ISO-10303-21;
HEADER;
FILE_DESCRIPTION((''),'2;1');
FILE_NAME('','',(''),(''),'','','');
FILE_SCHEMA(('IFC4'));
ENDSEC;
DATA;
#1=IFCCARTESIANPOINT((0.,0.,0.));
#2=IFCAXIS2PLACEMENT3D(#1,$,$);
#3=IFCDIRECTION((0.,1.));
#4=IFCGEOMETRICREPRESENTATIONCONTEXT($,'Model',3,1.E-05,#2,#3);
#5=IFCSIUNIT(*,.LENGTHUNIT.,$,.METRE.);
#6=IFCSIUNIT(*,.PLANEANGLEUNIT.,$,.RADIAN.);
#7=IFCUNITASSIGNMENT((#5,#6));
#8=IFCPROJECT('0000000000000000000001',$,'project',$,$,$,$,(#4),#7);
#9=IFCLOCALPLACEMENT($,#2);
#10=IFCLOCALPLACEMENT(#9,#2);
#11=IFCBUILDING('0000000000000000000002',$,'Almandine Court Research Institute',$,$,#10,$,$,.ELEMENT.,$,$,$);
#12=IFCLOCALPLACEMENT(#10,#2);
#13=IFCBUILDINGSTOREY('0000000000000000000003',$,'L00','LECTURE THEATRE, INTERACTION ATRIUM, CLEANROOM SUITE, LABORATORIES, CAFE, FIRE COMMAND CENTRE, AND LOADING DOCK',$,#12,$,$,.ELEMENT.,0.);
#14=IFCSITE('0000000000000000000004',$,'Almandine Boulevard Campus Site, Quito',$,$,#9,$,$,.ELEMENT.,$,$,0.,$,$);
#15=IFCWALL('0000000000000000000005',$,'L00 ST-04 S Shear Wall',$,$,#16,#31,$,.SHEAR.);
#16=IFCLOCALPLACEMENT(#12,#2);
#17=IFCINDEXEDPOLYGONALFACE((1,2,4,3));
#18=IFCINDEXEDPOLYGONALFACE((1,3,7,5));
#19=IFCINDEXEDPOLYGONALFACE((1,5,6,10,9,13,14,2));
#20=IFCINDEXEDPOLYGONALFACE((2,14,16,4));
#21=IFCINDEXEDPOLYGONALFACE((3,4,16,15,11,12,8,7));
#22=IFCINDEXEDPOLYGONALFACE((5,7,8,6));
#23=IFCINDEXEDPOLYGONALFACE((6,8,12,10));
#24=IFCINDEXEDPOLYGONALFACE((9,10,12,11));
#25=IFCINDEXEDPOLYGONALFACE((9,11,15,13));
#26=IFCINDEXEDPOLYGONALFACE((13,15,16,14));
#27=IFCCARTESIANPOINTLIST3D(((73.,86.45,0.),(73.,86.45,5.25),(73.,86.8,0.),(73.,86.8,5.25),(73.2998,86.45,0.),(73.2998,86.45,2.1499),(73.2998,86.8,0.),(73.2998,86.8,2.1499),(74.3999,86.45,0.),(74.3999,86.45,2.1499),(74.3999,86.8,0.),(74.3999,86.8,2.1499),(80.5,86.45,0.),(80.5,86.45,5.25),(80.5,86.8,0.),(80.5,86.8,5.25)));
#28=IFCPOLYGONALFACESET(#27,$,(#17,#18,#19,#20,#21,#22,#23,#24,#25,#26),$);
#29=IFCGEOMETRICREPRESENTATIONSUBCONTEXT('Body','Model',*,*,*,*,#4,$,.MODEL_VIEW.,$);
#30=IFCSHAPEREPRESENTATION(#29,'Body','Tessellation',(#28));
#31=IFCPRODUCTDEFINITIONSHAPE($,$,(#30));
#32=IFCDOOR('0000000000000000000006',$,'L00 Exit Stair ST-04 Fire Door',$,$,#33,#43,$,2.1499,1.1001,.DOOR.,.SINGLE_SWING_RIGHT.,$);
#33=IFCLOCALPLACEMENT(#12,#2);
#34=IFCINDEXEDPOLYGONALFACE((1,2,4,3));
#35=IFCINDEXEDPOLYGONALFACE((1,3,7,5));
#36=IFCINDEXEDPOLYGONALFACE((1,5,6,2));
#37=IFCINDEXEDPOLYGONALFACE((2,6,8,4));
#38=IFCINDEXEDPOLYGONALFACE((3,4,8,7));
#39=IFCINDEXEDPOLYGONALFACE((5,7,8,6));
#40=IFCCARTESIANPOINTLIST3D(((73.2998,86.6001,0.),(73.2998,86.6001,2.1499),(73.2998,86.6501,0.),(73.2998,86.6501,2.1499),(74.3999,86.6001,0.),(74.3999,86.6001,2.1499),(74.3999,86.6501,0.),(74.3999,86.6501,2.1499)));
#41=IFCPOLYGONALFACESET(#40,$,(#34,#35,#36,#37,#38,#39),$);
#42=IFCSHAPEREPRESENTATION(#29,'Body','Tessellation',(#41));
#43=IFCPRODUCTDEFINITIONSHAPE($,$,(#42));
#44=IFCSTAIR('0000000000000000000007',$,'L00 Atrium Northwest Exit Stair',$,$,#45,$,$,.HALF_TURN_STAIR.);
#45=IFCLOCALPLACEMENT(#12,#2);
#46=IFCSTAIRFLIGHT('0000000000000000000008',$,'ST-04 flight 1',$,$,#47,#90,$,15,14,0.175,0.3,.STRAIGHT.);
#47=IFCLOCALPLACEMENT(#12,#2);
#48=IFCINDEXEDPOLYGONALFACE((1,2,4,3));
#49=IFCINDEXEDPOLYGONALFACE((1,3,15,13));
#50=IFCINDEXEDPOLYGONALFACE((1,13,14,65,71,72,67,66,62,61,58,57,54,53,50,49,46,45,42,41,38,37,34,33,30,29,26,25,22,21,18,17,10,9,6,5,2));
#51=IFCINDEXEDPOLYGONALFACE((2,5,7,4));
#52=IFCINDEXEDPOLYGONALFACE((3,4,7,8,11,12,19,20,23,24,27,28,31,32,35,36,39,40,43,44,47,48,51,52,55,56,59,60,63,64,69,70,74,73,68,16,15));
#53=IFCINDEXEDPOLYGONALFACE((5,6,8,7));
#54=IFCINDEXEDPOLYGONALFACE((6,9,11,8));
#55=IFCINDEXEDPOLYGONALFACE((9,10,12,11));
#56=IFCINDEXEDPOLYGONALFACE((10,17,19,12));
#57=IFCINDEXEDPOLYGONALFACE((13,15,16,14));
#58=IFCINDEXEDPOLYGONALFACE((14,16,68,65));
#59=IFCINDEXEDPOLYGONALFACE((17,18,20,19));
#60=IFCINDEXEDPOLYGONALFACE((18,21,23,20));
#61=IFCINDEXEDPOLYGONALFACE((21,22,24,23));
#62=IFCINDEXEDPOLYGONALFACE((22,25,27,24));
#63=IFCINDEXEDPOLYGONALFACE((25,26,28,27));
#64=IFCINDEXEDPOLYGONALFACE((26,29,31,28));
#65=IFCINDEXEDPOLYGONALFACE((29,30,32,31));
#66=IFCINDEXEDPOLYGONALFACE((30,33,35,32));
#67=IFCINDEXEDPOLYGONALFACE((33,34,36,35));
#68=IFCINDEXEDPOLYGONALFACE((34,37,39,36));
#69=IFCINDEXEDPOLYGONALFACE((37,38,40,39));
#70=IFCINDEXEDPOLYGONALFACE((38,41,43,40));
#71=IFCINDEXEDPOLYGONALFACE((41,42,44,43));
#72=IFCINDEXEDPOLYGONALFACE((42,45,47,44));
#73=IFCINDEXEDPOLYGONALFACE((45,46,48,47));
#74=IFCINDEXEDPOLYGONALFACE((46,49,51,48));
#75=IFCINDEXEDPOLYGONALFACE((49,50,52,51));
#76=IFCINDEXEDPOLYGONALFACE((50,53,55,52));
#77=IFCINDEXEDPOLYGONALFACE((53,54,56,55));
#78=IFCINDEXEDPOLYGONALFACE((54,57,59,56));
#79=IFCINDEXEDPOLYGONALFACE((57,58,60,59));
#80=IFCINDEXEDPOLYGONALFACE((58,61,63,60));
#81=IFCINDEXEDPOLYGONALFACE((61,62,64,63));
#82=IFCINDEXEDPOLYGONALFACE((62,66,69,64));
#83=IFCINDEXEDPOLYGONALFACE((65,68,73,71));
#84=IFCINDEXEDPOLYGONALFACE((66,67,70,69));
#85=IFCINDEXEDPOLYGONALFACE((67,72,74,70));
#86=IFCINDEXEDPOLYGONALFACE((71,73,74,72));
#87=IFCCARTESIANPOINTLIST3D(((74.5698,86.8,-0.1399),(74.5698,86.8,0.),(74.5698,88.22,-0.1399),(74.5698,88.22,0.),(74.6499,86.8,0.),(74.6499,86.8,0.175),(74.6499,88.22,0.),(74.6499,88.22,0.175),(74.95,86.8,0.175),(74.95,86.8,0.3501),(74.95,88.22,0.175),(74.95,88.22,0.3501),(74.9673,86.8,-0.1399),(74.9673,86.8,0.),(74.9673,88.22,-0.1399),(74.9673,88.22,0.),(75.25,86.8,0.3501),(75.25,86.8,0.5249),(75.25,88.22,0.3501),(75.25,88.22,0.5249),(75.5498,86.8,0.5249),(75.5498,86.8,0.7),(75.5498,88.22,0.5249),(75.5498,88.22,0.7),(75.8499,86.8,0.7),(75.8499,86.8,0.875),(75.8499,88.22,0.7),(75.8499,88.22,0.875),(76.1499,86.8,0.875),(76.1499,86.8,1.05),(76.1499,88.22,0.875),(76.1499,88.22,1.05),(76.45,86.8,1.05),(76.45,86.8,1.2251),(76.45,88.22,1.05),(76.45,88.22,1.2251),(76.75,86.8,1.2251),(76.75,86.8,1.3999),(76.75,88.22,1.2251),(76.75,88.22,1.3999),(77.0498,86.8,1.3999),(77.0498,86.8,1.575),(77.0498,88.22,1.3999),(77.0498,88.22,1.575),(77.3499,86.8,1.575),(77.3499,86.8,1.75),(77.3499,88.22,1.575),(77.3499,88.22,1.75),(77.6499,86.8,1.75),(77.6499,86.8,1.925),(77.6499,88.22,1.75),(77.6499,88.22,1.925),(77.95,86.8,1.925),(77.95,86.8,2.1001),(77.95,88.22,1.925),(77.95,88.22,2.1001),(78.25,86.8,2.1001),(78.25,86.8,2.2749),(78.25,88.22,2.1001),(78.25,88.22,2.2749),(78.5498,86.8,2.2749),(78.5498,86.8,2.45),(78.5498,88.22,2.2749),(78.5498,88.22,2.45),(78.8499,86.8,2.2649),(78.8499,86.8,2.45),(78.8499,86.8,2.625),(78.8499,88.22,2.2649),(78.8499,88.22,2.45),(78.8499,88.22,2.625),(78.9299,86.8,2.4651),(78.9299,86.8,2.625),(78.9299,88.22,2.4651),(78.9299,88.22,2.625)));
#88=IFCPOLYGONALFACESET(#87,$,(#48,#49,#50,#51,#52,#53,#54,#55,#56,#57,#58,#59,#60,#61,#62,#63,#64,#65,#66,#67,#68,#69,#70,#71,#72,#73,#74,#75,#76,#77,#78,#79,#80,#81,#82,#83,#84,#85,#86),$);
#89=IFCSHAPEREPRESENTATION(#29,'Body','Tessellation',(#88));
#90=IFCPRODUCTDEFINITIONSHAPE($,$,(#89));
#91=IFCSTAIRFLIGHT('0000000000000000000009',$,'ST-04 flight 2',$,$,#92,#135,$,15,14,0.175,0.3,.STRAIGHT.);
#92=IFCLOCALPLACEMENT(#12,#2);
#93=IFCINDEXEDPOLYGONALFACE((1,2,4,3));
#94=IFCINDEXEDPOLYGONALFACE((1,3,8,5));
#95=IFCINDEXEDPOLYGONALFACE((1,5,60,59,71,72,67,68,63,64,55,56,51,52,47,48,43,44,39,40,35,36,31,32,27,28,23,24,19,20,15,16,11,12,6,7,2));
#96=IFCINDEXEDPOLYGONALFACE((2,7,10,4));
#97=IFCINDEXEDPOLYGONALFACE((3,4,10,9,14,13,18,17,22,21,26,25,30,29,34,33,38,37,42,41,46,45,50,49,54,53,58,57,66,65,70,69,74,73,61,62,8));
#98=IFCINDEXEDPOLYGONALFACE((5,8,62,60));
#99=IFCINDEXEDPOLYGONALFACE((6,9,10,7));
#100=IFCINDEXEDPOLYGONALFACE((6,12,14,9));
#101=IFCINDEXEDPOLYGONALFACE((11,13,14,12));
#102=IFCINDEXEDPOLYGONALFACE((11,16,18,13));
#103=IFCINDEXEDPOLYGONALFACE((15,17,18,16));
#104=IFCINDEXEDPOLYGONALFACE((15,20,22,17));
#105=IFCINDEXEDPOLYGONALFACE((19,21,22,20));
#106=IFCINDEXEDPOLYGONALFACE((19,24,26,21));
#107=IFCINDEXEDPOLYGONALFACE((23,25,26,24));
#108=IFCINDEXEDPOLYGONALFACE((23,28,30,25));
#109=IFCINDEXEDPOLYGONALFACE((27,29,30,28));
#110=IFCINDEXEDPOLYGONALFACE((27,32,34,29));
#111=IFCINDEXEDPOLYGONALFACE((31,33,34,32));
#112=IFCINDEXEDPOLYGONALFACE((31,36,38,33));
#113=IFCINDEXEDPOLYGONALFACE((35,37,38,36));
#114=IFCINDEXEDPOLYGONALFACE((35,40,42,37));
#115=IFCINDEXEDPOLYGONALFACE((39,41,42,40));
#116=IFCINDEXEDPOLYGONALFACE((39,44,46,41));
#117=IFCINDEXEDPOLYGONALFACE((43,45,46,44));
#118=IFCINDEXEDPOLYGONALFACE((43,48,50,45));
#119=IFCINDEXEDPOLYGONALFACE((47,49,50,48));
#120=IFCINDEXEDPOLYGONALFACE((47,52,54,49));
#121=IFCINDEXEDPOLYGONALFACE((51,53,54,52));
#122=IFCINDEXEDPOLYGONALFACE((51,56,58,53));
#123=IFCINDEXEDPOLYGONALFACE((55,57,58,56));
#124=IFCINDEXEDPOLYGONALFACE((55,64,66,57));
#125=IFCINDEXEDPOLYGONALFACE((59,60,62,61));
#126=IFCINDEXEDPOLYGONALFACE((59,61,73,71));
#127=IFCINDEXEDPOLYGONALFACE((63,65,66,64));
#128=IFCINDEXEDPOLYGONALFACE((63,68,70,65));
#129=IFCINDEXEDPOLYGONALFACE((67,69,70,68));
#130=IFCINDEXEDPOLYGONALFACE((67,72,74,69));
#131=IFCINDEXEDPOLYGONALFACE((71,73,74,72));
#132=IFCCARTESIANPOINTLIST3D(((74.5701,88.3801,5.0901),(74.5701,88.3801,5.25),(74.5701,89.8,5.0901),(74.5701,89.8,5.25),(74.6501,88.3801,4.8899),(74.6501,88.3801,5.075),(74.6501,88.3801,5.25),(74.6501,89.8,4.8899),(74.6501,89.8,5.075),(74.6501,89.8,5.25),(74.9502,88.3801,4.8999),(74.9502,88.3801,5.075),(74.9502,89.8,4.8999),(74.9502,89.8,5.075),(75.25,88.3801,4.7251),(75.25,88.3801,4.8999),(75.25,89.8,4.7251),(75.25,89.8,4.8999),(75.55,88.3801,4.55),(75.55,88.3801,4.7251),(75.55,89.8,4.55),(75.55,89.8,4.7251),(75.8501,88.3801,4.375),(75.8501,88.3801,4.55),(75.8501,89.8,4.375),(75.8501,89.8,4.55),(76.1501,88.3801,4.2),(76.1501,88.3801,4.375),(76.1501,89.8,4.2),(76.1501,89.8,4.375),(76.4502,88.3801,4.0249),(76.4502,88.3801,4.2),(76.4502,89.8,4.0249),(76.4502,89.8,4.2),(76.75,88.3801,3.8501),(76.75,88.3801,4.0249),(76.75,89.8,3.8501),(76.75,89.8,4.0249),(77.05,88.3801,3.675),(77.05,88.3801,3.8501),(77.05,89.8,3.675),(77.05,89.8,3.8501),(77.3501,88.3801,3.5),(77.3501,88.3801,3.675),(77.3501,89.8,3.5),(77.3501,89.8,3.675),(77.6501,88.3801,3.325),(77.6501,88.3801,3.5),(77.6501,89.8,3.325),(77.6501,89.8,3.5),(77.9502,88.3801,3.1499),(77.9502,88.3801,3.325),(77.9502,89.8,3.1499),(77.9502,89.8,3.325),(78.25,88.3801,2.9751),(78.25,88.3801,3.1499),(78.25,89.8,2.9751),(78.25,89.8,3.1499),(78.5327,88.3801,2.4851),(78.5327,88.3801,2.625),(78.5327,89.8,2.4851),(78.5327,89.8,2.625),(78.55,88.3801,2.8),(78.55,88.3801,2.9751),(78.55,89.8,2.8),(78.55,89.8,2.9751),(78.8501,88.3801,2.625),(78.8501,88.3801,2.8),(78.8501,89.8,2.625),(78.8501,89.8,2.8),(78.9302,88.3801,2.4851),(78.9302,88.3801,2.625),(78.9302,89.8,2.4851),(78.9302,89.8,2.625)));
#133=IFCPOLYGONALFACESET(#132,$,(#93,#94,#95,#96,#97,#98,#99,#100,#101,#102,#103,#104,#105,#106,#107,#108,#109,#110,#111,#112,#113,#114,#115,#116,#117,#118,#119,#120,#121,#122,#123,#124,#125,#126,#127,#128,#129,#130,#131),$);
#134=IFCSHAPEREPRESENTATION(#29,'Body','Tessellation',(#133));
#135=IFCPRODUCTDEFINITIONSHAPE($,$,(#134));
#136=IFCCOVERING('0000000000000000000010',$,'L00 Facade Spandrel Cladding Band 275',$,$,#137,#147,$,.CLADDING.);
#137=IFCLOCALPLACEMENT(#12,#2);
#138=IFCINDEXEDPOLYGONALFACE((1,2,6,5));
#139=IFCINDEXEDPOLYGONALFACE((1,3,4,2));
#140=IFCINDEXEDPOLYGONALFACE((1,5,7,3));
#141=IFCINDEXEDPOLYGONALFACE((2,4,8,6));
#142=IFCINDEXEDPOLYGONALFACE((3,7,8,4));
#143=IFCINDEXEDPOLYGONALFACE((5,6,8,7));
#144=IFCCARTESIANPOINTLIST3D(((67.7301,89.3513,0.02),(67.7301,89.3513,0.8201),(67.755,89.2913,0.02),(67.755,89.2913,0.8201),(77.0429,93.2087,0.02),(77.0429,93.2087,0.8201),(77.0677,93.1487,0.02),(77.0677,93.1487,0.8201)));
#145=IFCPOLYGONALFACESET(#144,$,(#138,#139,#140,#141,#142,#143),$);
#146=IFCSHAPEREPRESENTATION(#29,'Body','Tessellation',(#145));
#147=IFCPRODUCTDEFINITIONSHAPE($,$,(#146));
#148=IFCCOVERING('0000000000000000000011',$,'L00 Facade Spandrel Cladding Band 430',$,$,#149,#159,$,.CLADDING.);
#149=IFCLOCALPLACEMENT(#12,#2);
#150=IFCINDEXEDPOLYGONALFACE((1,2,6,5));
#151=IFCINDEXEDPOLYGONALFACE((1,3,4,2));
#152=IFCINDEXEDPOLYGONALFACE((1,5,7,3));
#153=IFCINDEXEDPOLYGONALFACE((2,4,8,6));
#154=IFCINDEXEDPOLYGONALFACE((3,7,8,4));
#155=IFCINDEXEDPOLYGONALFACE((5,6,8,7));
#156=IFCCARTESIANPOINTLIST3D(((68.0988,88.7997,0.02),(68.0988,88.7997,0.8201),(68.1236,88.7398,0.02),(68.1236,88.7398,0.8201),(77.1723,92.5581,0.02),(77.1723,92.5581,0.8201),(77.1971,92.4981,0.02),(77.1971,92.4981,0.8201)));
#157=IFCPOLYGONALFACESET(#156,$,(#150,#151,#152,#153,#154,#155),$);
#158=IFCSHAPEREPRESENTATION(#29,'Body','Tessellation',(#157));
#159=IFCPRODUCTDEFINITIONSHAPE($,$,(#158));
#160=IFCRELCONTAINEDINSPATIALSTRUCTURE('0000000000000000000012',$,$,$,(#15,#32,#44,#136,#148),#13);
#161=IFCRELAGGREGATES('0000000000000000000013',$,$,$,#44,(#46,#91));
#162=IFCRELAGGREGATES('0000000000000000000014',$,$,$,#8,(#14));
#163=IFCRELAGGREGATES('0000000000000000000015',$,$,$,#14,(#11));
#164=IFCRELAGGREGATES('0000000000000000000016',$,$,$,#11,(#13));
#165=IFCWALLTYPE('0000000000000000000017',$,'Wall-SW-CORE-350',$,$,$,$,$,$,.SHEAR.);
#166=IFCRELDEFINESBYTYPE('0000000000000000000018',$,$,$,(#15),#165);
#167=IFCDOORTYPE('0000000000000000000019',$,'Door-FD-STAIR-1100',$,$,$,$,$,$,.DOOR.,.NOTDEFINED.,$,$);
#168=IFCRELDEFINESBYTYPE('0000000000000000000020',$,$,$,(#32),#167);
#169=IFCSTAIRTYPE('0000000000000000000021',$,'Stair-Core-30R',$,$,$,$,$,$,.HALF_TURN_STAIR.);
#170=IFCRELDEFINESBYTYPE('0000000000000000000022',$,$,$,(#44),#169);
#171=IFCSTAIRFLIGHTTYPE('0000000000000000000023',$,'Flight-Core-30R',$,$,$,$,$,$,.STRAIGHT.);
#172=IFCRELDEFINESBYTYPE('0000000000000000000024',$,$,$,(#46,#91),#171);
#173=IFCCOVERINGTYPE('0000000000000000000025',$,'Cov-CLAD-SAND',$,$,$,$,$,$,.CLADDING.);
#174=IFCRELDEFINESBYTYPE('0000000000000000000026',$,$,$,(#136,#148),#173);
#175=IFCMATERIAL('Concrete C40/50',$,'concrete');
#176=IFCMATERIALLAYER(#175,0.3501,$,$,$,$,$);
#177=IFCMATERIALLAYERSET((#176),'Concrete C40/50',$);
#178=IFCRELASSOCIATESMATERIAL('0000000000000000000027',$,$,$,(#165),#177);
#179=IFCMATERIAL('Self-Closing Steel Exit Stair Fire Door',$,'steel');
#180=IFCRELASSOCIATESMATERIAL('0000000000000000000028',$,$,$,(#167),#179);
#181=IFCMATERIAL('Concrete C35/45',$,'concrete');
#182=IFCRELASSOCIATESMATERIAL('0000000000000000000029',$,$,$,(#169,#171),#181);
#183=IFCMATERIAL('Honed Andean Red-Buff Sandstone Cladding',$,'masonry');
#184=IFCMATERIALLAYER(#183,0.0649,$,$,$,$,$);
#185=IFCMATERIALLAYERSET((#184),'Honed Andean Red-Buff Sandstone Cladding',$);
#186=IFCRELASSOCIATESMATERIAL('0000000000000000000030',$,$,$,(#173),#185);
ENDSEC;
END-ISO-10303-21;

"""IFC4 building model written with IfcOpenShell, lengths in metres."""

from ifc_helpers import new_model, si_unit, direction, frame, frame_2d, origin, origin_2d, place, context, subcontext, project, spatial, polyline, rectangle, outline, extrude, material, layer, layer_set, type_object, element, fill, aggregate, save


model = new_model("IFC4")

# Units and contexts
model_context = context("Model", 3, precision=1e-05, world=origin(), true_north=direction((0.0, 1.0)))
body_context = subcontext(model_context, "Body", "Model", "MODEL_VIEW")
ifc_project = project(units=[si_unit("LENGTHUNIT", "METRE"), si_unit("PLANEANGLEUNIT", "RADIAN")], contexts=[model_context])

# Site, building, storey
site_placement = place(None, origin())
site = spatial("IfcSite", under=ifc_project, at=site_placement, Name="Almandine Boulevard Campus Site, Quito", CompositionType="ELEMENT", RefElevation=0.0)
building_placement = place(site_placement, origin())
building = spatial("IfcBuilding", under=site, at=building_placement, Name="Almandine Court Research Institute", CompositionType="ELEMENT")
storey_placement = place(building_placement, origin())
storey = spatial("IfcBuildingStorey", under=building, at=storey_placement, Name="L00", Description="LECTURE THEATRE, INTERACTION ATRIUM, CLEANROOM SUITE, LABORATORIES, CAFE, FIRE COMMAND CENTRE, AND LOADING DOCK", CompositionType="ELEMENT", Elevation=0.0)

# Shared definitions
ifc_material_1 = material(Name="Concrete C40/50", Category="concrete")
ifc_layer_1 = layer(ifc_material_1, 0.3501)
ifc_layer_set_1 = layer_set([ifc_layer_1], Name="Concrete C40/50")
wall_type_1 = type_object("IfcWallType", Name="Wall-SW-CORE-350", PredefinedType="SHEAR", material=ifc_layer_set_1)

# Wall, opening, door
wall_1_placement = place(storey_placement, frame((80.5, 86.625, 0.0), z_axis=(0.0, 0.0, 1.0), x_axis=(-1.0, 0.0, 0.0)))
wall_1 = element("IfcWall", 1, at=wall_1_placement, inside=storey, type_object=wall_type_1, Name="L00 ST-04 S Shear Wall", PredefinedType="SHEAR", context=body_context, shape_type="SweptSolid", body=[
    extrude(rectangle(XDim=7.5, YDim=0.3501, at=frame_2d((3.75, 0.0))), origin(), (0.0, 0.0, 1.0), 5.25),
])
opening_1_placement = place(wall_1_placement, frame((6.1001, 0.0, 0.0)))
opening_1 = element("IfcOpeningElement", 2, at=opening_1_placement, cuts=wall_1, PredefinedType="OPENING", context=body_context, shape_type="SweptSolid", body=[
    extrude(rectangle(XDim=1.1001, YDim=2.1499, at=frame_2d((0.55, 1.075))), frame((0.0, 0.1851, 0.0), z_axis=(0.0, -1.0, 0.0), x_axis=(1.0, 0.0, 0.0)), (0.0, 0.0, 1.0), 0.3701),
])
ifc_material_2 = material(Name="Self-Closing Steel Exit Stair Fire Door", Category="steel")
door_type_1 = type_object("IfcDoorType", Name="Door-FD-STAIR-1100", OperationType="NOTDEFINED", PredefinedType="DOOR", material=ifc_material_2)
door_1_placement = place(opening_1_placement, origin())
door_1 = element("IfcDoor", 3, at=door_1_placement, inside=storey, type_object=door_type_1, Name="L00 Exit Stair ST-04 Fire Door", OperationType="SINGLE_SWING_RIGHT", OverallHeight=2.1499, OverallWidth=1.1001, PredefinedType="DOOR", context=body_context, shape_type="SweptSolid", body=[
    extrude(rectangle(XDim=1.1001, YDim=2.1499, at=frame_2d((0.55, 1.075))), frame((0.0, 0.0249, 0.0), z_axis=(0.0, -1.0, 0.0), x_axis=(1.0, 0.0, 0.0)), (0.0, 0.0, 1.0), 0.05),
])
fill(opening_1, door_1)

# Stair, stair flights
ifc_material_3 = material(Name="Concrete C35/45", Category="concrete")
stair_type = type_object("IfcStairType", Name="Stair-Core-30R", PredefinedType="HALF_TURN_STAIR", material=ifc_material_3)
stair_placement = place(storey_placement, origin())
stair = element("IfcStair", 4, at=stair_placement, inside=storey, type_object=stair_type, Name="L00 Atrium Northwest Exit Stair", PredefinedType="HALF_TURN_STAIR")
stair_flight_type = type_object("IfcStairFlightType", Name="Flight-Core-30R", PredefinedType="STRAIGHT", material=ifc_material_3)
stair_flight_1_placement = place(storey_placement, frame((74.6499, 87.51, 0.0), z_axis=(0.0, 0.0, 1.0), x_axis=(1.0, 0.0, 0.0)))
stair_flight_1 = element("IfcStairFlight", 5, at=stair_flight_1_placement, type_object=stair_flight_type, Name="ST-04 flight 1", NumberOfRisers=15, NumberOfTreads=14, PredefinedType="STRAIGHT", RiserHeight=0.175, TreadLength=0.3, context=body_context, shape_type="SweptSolid", body=[
    extrude(outline(polyline([(-0.0801, -0.1399), (-0.0801, 0.0), (0.0, 0.0), (0.0, 0.175), (0.3, 0.175), (0.3, 0.3501), (0.6001, 0.3501), (0.6001, 0.5249), (0.8999, 0.5249), (0.8999, 0.7), (1.2, 0.7), (1.2, 0.875), (1.5, 0.875), (1.5, 1.05), (1.8, 1.05), (1.8, 1.2251), (2.1001, 1.2251), (2.1001, 1.3999), (2.3999, 1.3999), (2.3999, 1.575), (2.7, 1.575), (2.7, 1.75), (3.0, 1.75), (3.0, 1.925), (3.3, 1.925), (3.3, 2.1001), (3.6001, 2.1001), (3.6001, 2.2749), (3.8999, 2.2749), (3.8999, 2.45), (4.2, 2.45), (4.2, 2.625), (4.28, 2.625), (4.28, 2.4651), (4.2, 2.2649), (0.3174, 0.0), (0.3174, -0.1399), (-0.0801, -0.1399)])), frame((0.0, 0.71, 0.0), z_axis=(0.0, -1.0, 0.0), x_axis=(1.0, 0.0, 0.0)), (0.0, 0.0, 1.0), 1.4199),
])
stair_flight_2_placement = place(storey_placement, frame((78.8501, 89.0901, 2.625), z_axis=(0.0, 0.0, 1.0), x_axis=(-1.0, 0.0, 0.0)))
stair_flight_2 = element("IfcStairFlight", 6, at=stair_flight_2_placement, type_object=stair_flight_type, Name="ST-04 flight 2", NumberOfRisers=15, NumberOfTreads=14, PredefinedType="STRAIGHT", RiserHeight=0.175, TreadLength=0.3, context=body_context, shape_type="SweptSolid", body=[
    extrude(outline(polyline([(-0.0801, -0.1399), (-0.0801, 0.0), (0.0, 0.0), (0.0, 0.175), (0.3, 0.175), (0.3, 0.3501), (0.6001, 0.3501), (0.6001, 0.5249), (0.8999, 0.5249), (0.8999, 0.7), (1.2, 0.7), (1.2, 0.875), (1.5, 0.875), (1.5, 1.05), (1.8, 1.05), (1.8, 1.2251), (2.1001, 1.2251), (2.1001, 1.3999), (2.3999, 1.3999), (2.3999, 1.575), (2.7, 1.575), (2.7, 1.75), (3.0, 1.75), (3.0, 1.925), (3.3, 1.925), (3.3, 2.1001), (3.6001, 2.1001), (3.6001, 2.2749), (3.8999, 2.2749), (3.8999, 2.45), (4.2, 2.45), (4.2, 2.625), (4.28, 2.625), (4.28, 2.4651), (4.2, 2.2649), (0.3174, 0.0), (0.3174, -0.1399), (-0.0801, -0.1399)])), frame((0.0, 0.71, 0.0), z_axis=(0.0, -1.0, 0.0), x_axis=(1.0, 0.0, 0.0)), (0.0, 0.0, 1.0), 1.4199),
])
aggregate(stair, [stair_flight_1, stair_flight_2])

# Coverings
ifc_material_4 = material(Name="Honed Andean Red-Buff Sandstone Cladding", Category="masonry")
ifc_layer_2 = layer(ifc_material_4, 0.0649)
ifc_layer_set_2 = layer_set([ifc_layer_2], Name="Honed Andean Red-Buff Sandstone Cladding")
covering_type = type_object("IfcCoveringType", Name="Cov-CLAD-SAND", PredefinedType="CLADDING", material=ifc_layer_set_2)
covering_1_placement = place(storey_placement, frame((72.3989, 91.25, 0.02), z_axis=(0.0, 0.0, 1.0), x_axis=(-0.92388, -0.382683, 0.0)))
element("IfcCovering", 7, at=covering_1_placement, inside=storey, type_object=covering_type, Name="L00 Facade Spandrel Cladding Band 275", PredefinedType="CLADDING", context=body_context, shape_type="SweptSolid", body=[
    extrude(rectangle(XDim=10.0801, YDim=0.0649, at=origin_2d()), origin(), (0.0, 0.0, 1.0), 0.8),
])
covering_2_placement = place(storey_placement, frame((72.6479, 90.6489, 0.02), z_axis=(0.0, 0.0, 1.0), x_axis=(0.92388, 0.382683, 0.0)))
element("IfcCovering", 8, at=covering_2_placement, inside=storey, type_object=covering_type, Name="L00 Facade Spandrel Cladding Band 430", PredefinedType="CLADDING", context=body_context, shape_type="SweptSolid", body=[
    extrude(rectangle(XDim=9.821, YDim=0.0649, at=origin_2d()), origin(), (0.0, 0.0, 1.0), 0.8),
])

save(model, "model.ifc")
